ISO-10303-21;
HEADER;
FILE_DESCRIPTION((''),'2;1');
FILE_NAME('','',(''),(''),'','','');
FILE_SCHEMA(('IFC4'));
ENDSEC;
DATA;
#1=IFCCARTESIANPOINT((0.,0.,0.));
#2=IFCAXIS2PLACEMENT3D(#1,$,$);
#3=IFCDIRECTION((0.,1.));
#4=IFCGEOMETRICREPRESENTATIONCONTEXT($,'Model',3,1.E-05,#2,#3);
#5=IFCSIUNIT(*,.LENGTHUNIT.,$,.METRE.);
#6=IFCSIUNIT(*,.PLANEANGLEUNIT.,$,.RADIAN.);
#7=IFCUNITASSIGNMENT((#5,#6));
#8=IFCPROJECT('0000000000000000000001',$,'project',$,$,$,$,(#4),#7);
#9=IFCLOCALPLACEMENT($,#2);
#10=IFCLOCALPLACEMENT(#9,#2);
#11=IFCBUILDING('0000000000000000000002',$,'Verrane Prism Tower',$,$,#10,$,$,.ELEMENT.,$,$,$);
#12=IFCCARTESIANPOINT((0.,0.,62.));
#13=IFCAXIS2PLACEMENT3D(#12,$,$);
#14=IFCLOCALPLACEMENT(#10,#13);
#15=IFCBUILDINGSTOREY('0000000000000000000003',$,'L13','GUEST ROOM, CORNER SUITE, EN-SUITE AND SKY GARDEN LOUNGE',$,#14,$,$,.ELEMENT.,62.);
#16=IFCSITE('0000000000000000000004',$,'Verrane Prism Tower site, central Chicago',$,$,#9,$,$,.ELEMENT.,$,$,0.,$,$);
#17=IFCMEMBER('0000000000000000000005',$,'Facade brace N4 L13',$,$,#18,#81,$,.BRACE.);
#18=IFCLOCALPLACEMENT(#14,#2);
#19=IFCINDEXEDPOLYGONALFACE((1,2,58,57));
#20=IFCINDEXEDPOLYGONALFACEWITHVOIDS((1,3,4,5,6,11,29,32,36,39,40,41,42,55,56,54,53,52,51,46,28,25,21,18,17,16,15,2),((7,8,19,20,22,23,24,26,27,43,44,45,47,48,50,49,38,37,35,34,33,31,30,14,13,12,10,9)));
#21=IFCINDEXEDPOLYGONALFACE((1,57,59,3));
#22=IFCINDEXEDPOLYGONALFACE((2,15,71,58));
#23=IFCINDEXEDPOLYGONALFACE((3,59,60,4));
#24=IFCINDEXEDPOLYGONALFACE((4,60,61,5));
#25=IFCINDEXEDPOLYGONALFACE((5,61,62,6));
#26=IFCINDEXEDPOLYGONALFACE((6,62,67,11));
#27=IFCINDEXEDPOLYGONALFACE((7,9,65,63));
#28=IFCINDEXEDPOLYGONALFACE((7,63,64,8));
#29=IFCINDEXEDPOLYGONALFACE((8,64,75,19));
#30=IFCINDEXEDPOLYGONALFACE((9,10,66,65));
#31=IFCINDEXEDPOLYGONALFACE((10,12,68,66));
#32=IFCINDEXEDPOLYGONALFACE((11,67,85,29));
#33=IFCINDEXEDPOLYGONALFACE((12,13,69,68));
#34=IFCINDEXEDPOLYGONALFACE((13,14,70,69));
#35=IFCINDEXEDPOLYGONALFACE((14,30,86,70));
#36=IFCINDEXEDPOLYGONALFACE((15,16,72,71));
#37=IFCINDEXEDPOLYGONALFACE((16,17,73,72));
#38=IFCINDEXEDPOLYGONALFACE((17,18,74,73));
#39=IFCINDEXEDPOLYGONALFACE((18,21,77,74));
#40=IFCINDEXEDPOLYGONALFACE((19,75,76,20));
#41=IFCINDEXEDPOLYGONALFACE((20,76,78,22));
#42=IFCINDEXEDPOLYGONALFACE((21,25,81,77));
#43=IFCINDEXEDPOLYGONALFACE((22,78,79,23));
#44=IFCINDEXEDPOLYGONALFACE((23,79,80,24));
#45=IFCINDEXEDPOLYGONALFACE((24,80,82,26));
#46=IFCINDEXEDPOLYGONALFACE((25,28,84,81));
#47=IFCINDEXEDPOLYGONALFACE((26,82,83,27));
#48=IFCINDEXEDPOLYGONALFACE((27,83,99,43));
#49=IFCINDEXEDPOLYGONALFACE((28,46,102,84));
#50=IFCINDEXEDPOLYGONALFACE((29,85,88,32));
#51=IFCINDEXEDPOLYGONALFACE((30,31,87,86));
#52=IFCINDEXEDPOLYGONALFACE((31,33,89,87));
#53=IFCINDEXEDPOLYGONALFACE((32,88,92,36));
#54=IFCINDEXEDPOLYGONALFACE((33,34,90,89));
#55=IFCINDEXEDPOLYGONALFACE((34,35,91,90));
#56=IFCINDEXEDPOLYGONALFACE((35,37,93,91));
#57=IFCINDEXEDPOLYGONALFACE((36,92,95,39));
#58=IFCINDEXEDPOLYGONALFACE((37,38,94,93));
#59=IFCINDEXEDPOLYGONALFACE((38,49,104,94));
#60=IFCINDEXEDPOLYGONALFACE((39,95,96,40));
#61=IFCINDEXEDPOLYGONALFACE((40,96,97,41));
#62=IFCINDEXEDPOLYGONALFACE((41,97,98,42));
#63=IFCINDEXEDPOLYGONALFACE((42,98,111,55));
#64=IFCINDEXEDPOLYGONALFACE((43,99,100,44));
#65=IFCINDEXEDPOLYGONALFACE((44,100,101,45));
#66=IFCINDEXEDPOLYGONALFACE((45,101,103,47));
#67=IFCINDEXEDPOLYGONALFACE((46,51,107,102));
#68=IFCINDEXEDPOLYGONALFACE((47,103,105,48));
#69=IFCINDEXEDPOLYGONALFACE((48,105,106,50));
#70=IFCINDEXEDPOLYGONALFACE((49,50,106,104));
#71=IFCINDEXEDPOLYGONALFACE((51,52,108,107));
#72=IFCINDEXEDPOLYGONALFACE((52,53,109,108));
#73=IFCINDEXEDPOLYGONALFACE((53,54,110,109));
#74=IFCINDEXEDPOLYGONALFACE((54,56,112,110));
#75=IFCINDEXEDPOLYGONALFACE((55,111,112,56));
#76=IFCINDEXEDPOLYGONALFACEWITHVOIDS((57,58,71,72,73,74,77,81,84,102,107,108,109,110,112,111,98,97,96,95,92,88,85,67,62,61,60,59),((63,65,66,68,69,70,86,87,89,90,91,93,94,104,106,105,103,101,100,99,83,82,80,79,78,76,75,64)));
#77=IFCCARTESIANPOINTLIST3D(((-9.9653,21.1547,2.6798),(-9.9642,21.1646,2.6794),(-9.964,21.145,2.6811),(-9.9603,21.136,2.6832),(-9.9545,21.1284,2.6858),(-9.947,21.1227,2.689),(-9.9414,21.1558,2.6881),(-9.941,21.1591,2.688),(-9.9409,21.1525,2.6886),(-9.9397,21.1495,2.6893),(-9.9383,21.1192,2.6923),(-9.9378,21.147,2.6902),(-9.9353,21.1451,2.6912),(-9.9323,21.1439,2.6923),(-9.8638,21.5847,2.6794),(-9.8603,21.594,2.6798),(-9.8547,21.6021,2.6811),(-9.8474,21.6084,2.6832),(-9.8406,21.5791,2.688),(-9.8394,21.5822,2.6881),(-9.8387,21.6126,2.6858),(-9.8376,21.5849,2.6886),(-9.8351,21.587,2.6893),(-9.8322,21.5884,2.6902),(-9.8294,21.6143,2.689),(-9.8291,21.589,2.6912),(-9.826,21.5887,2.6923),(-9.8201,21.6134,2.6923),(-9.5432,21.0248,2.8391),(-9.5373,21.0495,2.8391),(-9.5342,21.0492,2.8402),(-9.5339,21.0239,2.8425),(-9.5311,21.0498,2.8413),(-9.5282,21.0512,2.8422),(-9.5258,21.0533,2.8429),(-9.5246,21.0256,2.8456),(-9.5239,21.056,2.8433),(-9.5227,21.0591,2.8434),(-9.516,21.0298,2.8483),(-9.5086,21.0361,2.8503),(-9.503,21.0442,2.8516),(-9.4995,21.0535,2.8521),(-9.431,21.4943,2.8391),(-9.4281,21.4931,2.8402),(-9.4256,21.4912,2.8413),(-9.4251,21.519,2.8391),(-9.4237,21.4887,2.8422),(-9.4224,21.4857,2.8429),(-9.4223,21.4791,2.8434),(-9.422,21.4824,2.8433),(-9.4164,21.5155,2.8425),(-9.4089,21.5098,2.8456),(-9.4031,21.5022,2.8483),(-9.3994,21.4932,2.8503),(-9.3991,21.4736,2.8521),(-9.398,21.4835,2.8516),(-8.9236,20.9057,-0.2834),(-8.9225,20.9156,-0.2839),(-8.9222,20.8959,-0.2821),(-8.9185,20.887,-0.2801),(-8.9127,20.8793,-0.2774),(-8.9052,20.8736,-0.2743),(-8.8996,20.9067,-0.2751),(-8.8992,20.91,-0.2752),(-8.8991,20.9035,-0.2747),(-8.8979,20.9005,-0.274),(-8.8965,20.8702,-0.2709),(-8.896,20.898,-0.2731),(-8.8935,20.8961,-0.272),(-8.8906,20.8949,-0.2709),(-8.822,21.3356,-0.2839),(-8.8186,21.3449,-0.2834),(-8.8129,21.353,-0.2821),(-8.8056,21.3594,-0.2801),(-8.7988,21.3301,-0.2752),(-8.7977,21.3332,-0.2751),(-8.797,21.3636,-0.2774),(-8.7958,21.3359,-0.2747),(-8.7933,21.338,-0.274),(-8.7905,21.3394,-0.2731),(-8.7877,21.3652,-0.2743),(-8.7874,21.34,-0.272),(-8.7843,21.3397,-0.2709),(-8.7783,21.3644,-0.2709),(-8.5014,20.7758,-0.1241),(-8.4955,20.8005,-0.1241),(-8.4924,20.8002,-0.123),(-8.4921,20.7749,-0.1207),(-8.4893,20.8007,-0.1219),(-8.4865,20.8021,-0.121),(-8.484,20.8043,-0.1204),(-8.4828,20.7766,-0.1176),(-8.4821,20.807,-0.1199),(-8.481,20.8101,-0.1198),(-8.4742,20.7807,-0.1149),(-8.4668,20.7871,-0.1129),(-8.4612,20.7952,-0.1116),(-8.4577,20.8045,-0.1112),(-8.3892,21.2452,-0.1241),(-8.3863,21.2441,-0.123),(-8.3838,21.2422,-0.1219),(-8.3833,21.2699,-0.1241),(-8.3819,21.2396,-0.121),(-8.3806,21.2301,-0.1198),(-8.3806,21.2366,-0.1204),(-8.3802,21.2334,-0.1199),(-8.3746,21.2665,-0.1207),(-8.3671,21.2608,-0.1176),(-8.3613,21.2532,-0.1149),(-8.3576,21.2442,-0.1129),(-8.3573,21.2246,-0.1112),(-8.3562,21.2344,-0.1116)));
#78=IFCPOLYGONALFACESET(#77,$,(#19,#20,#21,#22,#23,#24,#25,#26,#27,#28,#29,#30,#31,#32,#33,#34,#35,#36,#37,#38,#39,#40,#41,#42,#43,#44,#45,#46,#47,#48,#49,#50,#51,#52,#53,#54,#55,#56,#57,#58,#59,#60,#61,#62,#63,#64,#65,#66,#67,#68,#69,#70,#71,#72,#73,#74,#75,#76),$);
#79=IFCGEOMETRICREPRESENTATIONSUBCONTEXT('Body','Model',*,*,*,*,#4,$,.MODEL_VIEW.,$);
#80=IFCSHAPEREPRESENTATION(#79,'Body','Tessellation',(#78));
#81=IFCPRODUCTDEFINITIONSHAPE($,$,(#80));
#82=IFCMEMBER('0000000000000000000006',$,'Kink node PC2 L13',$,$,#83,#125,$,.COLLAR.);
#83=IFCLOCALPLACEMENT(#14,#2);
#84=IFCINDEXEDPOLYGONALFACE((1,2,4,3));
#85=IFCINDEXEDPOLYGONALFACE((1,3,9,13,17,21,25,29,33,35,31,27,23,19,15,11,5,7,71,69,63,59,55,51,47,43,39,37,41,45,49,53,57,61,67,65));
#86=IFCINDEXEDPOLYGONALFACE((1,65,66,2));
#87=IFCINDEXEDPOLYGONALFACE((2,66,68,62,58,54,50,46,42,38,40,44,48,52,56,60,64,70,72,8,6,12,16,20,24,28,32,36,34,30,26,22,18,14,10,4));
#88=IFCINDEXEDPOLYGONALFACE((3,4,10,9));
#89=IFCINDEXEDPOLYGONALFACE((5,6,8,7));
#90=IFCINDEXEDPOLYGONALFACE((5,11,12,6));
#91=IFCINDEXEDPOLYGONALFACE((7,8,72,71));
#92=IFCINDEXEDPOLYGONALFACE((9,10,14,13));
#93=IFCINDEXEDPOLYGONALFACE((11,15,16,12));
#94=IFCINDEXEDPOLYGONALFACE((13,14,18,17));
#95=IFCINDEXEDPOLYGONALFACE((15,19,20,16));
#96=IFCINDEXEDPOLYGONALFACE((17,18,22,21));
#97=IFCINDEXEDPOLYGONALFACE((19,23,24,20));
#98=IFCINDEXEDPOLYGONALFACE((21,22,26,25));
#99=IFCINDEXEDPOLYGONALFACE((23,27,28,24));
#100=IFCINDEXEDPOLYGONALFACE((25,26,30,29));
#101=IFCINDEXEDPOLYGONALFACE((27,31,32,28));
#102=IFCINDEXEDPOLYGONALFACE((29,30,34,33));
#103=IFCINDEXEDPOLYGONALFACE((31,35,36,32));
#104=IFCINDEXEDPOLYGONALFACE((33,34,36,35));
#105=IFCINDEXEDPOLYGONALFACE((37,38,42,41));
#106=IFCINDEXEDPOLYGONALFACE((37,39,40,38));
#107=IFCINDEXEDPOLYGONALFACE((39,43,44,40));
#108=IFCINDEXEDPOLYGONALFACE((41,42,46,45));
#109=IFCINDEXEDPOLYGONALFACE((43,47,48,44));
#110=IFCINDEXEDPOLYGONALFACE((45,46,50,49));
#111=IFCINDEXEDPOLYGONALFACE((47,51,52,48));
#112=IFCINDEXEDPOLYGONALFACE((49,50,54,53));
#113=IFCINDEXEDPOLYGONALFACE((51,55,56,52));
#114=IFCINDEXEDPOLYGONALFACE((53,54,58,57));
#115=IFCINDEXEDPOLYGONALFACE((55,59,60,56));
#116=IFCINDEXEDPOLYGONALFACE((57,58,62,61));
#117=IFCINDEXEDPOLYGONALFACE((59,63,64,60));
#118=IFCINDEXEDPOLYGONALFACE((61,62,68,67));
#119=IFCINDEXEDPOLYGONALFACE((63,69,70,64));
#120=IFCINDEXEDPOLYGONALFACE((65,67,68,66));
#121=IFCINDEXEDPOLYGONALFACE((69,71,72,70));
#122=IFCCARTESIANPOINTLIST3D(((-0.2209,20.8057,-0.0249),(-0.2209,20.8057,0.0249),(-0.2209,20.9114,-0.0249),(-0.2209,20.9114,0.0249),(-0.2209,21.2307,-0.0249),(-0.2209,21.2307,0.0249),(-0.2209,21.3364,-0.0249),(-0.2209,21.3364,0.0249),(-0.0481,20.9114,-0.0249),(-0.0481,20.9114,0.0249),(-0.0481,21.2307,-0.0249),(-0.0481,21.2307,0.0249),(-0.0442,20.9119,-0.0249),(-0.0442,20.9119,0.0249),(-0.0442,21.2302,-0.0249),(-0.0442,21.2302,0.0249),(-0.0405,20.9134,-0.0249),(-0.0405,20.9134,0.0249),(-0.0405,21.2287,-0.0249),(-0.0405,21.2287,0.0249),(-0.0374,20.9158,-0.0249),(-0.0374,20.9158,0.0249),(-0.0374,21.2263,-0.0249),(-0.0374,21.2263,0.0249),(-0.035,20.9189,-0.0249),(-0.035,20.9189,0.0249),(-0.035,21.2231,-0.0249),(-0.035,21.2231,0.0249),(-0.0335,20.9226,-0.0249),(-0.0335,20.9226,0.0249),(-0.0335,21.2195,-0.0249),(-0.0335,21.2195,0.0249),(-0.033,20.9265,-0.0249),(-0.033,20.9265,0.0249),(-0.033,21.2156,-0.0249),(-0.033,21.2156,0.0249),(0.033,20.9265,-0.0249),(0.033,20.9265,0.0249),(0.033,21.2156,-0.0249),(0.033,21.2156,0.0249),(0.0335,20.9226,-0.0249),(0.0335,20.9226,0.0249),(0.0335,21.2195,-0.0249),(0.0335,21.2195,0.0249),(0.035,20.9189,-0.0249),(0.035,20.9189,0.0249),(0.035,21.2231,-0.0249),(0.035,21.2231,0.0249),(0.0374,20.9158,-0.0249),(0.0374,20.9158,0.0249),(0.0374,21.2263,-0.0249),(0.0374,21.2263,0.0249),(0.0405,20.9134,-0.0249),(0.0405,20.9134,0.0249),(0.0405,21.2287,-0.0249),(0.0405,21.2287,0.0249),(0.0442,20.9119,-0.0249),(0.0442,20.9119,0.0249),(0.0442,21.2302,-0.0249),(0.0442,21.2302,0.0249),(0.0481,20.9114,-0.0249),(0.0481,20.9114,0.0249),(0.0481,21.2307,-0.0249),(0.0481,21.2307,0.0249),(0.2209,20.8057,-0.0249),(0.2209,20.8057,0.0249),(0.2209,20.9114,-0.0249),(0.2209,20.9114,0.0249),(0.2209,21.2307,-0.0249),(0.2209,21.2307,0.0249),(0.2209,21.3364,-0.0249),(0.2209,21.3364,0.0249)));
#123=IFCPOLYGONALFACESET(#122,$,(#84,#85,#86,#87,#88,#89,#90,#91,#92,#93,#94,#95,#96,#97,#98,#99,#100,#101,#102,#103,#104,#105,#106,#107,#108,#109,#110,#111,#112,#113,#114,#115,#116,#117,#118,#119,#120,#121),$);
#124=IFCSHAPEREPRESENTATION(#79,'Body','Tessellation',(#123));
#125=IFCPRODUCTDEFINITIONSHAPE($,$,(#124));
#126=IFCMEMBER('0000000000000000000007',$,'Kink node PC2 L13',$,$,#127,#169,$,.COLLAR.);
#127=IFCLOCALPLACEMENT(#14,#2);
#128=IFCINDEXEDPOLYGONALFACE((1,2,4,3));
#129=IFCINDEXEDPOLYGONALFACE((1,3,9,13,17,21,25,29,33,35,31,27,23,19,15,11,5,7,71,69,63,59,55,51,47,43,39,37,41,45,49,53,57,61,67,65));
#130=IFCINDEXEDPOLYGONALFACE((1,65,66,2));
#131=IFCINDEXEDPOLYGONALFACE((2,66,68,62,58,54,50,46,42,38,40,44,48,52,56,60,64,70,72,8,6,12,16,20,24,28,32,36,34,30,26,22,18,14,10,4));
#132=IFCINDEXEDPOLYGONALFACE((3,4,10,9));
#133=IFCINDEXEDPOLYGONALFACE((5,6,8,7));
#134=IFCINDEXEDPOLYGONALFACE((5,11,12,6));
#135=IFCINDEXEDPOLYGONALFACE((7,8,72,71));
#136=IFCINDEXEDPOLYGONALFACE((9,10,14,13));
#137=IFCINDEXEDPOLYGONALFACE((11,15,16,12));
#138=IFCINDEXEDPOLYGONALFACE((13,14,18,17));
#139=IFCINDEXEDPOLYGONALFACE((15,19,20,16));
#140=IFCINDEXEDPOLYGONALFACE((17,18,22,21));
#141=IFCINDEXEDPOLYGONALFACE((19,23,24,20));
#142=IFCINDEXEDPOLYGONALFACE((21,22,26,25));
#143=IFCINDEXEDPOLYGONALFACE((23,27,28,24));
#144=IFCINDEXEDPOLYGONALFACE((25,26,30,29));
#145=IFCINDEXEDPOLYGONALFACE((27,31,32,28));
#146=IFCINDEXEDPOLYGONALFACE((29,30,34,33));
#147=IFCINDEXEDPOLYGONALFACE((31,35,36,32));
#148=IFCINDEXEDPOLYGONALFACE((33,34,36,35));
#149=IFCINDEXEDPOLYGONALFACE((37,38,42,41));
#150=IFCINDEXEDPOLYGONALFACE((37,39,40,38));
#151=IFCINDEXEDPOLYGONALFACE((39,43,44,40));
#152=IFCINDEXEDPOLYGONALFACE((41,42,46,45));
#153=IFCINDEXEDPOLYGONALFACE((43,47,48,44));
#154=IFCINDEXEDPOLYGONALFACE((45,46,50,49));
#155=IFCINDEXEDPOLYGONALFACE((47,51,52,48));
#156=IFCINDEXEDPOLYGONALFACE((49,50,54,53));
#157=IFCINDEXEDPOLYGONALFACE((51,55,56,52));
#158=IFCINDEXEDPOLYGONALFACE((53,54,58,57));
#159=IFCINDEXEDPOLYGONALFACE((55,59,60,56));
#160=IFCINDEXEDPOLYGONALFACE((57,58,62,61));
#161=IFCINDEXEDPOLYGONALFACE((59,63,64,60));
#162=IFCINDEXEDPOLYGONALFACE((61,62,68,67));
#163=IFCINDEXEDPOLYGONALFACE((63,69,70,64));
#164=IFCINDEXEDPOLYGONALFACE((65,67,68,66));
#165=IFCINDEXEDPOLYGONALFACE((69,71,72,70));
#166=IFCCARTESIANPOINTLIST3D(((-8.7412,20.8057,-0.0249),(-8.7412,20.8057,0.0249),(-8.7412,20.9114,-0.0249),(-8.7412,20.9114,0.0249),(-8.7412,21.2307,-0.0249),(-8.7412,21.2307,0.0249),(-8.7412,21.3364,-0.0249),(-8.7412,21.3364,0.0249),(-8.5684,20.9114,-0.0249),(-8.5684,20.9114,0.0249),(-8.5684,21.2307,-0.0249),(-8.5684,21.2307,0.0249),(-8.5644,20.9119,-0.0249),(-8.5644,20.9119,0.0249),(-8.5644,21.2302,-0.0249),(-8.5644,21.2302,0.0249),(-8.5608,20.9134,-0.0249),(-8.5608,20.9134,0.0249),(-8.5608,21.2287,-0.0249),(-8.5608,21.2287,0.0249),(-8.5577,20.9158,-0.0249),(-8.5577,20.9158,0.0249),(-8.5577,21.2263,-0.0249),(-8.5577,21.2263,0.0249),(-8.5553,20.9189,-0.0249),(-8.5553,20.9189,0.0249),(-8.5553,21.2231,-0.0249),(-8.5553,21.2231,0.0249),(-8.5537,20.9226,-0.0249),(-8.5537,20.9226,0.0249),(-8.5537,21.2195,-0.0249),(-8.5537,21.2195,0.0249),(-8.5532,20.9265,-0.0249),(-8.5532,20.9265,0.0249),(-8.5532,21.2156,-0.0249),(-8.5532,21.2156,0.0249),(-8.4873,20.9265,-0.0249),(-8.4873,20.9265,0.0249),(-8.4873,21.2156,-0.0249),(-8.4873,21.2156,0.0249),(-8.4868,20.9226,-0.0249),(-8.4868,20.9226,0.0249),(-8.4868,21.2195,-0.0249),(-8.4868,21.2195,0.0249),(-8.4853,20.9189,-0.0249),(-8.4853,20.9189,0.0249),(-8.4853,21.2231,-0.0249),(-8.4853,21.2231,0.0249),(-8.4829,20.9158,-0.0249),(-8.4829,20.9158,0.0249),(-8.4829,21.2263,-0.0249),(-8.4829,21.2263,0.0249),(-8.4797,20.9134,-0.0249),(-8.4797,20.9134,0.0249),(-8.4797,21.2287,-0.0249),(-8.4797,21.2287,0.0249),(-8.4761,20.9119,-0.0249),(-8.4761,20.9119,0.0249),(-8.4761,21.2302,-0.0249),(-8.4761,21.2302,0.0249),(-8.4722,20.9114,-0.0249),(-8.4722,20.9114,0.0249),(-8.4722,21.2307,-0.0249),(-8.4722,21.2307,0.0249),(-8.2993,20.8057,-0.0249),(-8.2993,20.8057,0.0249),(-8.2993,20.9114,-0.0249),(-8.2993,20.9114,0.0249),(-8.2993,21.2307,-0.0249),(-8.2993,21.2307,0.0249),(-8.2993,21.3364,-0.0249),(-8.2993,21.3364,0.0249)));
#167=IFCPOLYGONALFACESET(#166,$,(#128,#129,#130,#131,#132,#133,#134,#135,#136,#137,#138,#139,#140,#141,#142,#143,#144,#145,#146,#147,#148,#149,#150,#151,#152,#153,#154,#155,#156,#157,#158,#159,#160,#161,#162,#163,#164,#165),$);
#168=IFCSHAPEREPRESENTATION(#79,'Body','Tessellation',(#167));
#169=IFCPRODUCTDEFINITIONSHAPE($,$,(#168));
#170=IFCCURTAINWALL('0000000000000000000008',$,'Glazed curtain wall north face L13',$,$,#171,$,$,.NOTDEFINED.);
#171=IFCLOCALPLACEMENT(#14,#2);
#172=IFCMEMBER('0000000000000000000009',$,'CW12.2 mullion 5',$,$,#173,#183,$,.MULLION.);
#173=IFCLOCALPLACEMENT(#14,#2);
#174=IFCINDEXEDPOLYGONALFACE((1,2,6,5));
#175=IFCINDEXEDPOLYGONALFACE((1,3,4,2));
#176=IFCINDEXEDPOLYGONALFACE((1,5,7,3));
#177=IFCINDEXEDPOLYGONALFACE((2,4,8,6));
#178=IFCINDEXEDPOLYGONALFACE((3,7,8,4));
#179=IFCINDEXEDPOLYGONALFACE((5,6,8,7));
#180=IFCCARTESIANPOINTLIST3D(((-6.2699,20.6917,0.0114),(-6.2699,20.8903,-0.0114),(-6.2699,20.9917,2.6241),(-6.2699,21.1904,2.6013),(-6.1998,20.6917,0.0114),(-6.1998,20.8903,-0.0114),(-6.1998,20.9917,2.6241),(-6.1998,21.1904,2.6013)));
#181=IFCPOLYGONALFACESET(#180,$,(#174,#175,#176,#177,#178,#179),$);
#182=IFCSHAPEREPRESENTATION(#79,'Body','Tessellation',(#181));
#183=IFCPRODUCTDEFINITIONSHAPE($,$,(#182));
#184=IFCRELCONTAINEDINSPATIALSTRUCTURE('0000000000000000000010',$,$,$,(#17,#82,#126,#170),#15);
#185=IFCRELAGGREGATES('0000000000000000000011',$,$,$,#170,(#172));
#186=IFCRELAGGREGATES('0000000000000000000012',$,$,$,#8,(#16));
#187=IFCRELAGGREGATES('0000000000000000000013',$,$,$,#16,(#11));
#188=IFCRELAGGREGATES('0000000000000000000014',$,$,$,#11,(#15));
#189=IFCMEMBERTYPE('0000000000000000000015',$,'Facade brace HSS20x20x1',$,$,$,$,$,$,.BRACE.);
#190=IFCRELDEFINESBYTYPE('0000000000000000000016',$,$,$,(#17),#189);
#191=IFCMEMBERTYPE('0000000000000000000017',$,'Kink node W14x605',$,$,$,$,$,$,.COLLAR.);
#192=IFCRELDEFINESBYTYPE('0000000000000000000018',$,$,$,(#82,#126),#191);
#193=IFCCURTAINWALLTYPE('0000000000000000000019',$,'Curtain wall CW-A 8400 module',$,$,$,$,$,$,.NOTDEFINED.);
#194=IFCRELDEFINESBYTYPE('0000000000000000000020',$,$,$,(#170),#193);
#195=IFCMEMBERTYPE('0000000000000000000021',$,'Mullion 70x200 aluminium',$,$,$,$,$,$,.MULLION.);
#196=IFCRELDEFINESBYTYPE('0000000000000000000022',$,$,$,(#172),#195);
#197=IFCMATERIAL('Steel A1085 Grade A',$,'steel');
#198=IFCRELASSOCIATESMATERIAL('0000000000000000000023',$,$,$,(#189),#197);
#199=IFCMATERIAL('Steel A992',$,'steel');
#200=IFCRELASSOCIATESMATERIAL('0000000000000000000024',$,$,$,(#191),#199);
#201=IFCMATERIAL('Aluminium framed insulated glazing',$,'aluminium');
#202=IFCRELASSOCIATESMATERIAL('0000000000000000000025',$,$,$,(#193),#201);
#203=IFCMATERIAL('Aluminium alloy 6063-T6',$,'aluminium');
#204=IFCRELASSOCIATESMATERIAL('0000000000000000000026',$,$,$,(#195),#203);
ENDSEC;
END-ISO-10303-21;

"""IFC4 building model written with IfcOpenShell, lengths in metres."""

from ifc_helpers import new_model, si_unit, direction, frame, origin, origin_2d, place, context, subcontext, project, spatial, rectangle, hollow_rectangle, i_section, extrude, material, material_profile, profile_set, type_object, element, aggregate, save


model = new_model("IFC4")

# Units and contexts
model_context = context("Model", 3, precision=1e-05, world=origin(), true_north=direction((0.0, 1.0)))
body_context = subcontext(model_context, "Body", "Model", "MODEL_VIEW")
ifc_project = project(units=[si_unit("LENGTHUNIT", "METRE"), si_unit("PLANEANGLEUNIT", "RADIAN")], contexts=[model_context])

# Site, building, storey
site_placement = place(None, origin())
site = spatial("IfcSite", under=ifc_project, at=site_placement, Name="Verrane Prism Tower site, central Chicago", CompositionType="ELEMENT", RefElevation=0.0)
building_placement = place(site_placement, origin())
building = spatial("IfcBuilding", under=site, at=building_placement, Name="Verrane Prism Tower", CompositionType="ELEMENT")
storey_placement = place(building_placement, frame((0.0, 0.0, 62.0)))
storey = spatial("IfcBuildingStorey", under=building, at=storey_placement, Name="L13", Description="GUEST ROOM, CORNER SUITE, EN-SUITE AND SKY GARDEN LOUNGE", CompositionType="ELEMENT", Elevation=62.0)

# Members
ifc_material_1 = material(Name="Steel A1085 Grade A", Category="steel")
ifc_material_profile_1 = material_profile(ifc_material_1, hollow_rectangle(XDim=0.5081, YDim=0.5081, WallThickness=0.0254, InnerFilletRadius=0.0127, OuterFilletRadius=0.0381, at=origin_2d()), Name="HSS20x20x1")
ifc_profile_set_1 = profile_set([ifc_material_profile_1], Name="Steel A1085 Grade A")
member_type_1 = type_object("IfcMemberType", Name="Facade brace HSS20x20x1", PredefinedType="BRACE", material=ifc_profile_set_1)
member_1_placement = place(storey_placement, frame((-8.6399, 21.0701, -0.1975), z_axis=(-0.330632, 0.079035, 0.940445), x_axis=(-0.232494, -0.972598, 0.0)))
element("IfcMember", 1, at=member_1_placement, inside=storey, type_object=member_type_1, Name="Facade brace N4 L13", PredefinedType="BRACE", context=body_context, shape_type="SweptSolid", body=[
    extrude(hollow_rectangle(XDim=0.5081, YDim=0.5081, WallThickness=0.0254, InnerFilletRadius=0.0127, OuterFilletRadius=0.0381, at=origin_2d()), origin(), (0.0, 0.0, 1.0), 3.1509),
])
ifc_material_2 = material(Name="Steel A992", Category="steel")
ifc_material_profile_2 = material_profile(ifc_material_2, i_section(OverallWidth=0.4419, OverallDepth=0.5308, WebThickness=0.0659, FlangeThickness=0.1057, FilletRadius=0.0151, at=origin_2d()), Name="W14x605")
ifc_profile_set_2 = profile_set([ifc_material_profile_2], Name="Steel A992")
member_type_2 = type_object("IfcMemberType", Name="Kink node W14x605", PredefinedType="COLLAR", material=ifc_profile_set_2)
for number, where, z_axis, x_axis, name in (
    (2, (0.0, 21.071, -0.0249), (0.0, 0.0, 1.0), (1.0, 0.0, 0.0), "Kink node PC2 L13"),
    (3, (-8.5203, 21.071, -0.0249), (0.0, 0.0, 1.0), (1.0, 0.0, 0.0), "Kink node PC2 L13"),
):
    element("IfcMember", number, at=place(storey_placement, frame(where, z_axis=z_axis, x_axis=x_axis)), inside=storey, type_object=member_type_2, Name=name, PredefinedType="COLLAR", context=body_context, shape_type="SweptSolid", body=[
        extrude(i_section(OverallWidth=0.4419, OverallDepth=0.5308, WebThickness=0.0659, FlangeThickness=0.1057, FilletRadius=0.0151, at=origin_2d()), origin(), (0.0, 0.0, 1.0), 0.0498),
    ])

# Curtain wall, member
ifc_material_3 = material(Name="Aluminium framed insulated glazing", Category="aluminium")
curtain_wall_type = type_object("IfcCurtainWallType", Name="Curtain wall CW-A 8400 module", PredefinedType="NOTDEFINED", material=ifc_material_3)
curtain_wall_placement = place(storey_placement, origin())
curtain_wall = element("IfcCurtainWall", 4, at=curtain_wall_placement, inside=storey, type_object=curtain_wall_type, Name="Glazed curtain wall north face L13", PredefinedType="NOTDEFINED")
ifc_material_4 = material(Name="Aluminium alloy 6063-T6", Category="aluminium")
ifc_material_profile_3 = material_profile(ifc_material_4, rectangle(XDim=0.2, YDim=0.0701, at=origin_2d()), Name="Mullion 70x200 aluminium")
ifc_profile_set_3 = profile_set([ifc_material_profile_3], Name="Aluminium alloy 6063-T6")
member_type_3 = type_object("IfcMemberType", Name="Mullion 70x200 aluminium", PredefinedType="MULLION", material=ifc_profile_set_3)
member_2_placement = place(storey_placement, frame((-6.2349, 20.791, 0.0), z_axis=(0.0, 0.114089, 0.993471), x_axis=(0.0, 0.993471, -0.114089)))
member_2 = element("IfcMember", 5, at=member_2_placement, type_object=member_type_3, Name="CW12.2 mullion 5", PredefinedType="MULLION", context=body_context, shape_type="SweptSolid", body=[
    extrude(rectangle(XDim=0.2, YDim=0.0701, at=origin_2d()), origin(), (0.0, 0.0, 1.0), 2.6299),
])

aggregate(curtain_wall, [member_2])

save(model, "model.ifc")
